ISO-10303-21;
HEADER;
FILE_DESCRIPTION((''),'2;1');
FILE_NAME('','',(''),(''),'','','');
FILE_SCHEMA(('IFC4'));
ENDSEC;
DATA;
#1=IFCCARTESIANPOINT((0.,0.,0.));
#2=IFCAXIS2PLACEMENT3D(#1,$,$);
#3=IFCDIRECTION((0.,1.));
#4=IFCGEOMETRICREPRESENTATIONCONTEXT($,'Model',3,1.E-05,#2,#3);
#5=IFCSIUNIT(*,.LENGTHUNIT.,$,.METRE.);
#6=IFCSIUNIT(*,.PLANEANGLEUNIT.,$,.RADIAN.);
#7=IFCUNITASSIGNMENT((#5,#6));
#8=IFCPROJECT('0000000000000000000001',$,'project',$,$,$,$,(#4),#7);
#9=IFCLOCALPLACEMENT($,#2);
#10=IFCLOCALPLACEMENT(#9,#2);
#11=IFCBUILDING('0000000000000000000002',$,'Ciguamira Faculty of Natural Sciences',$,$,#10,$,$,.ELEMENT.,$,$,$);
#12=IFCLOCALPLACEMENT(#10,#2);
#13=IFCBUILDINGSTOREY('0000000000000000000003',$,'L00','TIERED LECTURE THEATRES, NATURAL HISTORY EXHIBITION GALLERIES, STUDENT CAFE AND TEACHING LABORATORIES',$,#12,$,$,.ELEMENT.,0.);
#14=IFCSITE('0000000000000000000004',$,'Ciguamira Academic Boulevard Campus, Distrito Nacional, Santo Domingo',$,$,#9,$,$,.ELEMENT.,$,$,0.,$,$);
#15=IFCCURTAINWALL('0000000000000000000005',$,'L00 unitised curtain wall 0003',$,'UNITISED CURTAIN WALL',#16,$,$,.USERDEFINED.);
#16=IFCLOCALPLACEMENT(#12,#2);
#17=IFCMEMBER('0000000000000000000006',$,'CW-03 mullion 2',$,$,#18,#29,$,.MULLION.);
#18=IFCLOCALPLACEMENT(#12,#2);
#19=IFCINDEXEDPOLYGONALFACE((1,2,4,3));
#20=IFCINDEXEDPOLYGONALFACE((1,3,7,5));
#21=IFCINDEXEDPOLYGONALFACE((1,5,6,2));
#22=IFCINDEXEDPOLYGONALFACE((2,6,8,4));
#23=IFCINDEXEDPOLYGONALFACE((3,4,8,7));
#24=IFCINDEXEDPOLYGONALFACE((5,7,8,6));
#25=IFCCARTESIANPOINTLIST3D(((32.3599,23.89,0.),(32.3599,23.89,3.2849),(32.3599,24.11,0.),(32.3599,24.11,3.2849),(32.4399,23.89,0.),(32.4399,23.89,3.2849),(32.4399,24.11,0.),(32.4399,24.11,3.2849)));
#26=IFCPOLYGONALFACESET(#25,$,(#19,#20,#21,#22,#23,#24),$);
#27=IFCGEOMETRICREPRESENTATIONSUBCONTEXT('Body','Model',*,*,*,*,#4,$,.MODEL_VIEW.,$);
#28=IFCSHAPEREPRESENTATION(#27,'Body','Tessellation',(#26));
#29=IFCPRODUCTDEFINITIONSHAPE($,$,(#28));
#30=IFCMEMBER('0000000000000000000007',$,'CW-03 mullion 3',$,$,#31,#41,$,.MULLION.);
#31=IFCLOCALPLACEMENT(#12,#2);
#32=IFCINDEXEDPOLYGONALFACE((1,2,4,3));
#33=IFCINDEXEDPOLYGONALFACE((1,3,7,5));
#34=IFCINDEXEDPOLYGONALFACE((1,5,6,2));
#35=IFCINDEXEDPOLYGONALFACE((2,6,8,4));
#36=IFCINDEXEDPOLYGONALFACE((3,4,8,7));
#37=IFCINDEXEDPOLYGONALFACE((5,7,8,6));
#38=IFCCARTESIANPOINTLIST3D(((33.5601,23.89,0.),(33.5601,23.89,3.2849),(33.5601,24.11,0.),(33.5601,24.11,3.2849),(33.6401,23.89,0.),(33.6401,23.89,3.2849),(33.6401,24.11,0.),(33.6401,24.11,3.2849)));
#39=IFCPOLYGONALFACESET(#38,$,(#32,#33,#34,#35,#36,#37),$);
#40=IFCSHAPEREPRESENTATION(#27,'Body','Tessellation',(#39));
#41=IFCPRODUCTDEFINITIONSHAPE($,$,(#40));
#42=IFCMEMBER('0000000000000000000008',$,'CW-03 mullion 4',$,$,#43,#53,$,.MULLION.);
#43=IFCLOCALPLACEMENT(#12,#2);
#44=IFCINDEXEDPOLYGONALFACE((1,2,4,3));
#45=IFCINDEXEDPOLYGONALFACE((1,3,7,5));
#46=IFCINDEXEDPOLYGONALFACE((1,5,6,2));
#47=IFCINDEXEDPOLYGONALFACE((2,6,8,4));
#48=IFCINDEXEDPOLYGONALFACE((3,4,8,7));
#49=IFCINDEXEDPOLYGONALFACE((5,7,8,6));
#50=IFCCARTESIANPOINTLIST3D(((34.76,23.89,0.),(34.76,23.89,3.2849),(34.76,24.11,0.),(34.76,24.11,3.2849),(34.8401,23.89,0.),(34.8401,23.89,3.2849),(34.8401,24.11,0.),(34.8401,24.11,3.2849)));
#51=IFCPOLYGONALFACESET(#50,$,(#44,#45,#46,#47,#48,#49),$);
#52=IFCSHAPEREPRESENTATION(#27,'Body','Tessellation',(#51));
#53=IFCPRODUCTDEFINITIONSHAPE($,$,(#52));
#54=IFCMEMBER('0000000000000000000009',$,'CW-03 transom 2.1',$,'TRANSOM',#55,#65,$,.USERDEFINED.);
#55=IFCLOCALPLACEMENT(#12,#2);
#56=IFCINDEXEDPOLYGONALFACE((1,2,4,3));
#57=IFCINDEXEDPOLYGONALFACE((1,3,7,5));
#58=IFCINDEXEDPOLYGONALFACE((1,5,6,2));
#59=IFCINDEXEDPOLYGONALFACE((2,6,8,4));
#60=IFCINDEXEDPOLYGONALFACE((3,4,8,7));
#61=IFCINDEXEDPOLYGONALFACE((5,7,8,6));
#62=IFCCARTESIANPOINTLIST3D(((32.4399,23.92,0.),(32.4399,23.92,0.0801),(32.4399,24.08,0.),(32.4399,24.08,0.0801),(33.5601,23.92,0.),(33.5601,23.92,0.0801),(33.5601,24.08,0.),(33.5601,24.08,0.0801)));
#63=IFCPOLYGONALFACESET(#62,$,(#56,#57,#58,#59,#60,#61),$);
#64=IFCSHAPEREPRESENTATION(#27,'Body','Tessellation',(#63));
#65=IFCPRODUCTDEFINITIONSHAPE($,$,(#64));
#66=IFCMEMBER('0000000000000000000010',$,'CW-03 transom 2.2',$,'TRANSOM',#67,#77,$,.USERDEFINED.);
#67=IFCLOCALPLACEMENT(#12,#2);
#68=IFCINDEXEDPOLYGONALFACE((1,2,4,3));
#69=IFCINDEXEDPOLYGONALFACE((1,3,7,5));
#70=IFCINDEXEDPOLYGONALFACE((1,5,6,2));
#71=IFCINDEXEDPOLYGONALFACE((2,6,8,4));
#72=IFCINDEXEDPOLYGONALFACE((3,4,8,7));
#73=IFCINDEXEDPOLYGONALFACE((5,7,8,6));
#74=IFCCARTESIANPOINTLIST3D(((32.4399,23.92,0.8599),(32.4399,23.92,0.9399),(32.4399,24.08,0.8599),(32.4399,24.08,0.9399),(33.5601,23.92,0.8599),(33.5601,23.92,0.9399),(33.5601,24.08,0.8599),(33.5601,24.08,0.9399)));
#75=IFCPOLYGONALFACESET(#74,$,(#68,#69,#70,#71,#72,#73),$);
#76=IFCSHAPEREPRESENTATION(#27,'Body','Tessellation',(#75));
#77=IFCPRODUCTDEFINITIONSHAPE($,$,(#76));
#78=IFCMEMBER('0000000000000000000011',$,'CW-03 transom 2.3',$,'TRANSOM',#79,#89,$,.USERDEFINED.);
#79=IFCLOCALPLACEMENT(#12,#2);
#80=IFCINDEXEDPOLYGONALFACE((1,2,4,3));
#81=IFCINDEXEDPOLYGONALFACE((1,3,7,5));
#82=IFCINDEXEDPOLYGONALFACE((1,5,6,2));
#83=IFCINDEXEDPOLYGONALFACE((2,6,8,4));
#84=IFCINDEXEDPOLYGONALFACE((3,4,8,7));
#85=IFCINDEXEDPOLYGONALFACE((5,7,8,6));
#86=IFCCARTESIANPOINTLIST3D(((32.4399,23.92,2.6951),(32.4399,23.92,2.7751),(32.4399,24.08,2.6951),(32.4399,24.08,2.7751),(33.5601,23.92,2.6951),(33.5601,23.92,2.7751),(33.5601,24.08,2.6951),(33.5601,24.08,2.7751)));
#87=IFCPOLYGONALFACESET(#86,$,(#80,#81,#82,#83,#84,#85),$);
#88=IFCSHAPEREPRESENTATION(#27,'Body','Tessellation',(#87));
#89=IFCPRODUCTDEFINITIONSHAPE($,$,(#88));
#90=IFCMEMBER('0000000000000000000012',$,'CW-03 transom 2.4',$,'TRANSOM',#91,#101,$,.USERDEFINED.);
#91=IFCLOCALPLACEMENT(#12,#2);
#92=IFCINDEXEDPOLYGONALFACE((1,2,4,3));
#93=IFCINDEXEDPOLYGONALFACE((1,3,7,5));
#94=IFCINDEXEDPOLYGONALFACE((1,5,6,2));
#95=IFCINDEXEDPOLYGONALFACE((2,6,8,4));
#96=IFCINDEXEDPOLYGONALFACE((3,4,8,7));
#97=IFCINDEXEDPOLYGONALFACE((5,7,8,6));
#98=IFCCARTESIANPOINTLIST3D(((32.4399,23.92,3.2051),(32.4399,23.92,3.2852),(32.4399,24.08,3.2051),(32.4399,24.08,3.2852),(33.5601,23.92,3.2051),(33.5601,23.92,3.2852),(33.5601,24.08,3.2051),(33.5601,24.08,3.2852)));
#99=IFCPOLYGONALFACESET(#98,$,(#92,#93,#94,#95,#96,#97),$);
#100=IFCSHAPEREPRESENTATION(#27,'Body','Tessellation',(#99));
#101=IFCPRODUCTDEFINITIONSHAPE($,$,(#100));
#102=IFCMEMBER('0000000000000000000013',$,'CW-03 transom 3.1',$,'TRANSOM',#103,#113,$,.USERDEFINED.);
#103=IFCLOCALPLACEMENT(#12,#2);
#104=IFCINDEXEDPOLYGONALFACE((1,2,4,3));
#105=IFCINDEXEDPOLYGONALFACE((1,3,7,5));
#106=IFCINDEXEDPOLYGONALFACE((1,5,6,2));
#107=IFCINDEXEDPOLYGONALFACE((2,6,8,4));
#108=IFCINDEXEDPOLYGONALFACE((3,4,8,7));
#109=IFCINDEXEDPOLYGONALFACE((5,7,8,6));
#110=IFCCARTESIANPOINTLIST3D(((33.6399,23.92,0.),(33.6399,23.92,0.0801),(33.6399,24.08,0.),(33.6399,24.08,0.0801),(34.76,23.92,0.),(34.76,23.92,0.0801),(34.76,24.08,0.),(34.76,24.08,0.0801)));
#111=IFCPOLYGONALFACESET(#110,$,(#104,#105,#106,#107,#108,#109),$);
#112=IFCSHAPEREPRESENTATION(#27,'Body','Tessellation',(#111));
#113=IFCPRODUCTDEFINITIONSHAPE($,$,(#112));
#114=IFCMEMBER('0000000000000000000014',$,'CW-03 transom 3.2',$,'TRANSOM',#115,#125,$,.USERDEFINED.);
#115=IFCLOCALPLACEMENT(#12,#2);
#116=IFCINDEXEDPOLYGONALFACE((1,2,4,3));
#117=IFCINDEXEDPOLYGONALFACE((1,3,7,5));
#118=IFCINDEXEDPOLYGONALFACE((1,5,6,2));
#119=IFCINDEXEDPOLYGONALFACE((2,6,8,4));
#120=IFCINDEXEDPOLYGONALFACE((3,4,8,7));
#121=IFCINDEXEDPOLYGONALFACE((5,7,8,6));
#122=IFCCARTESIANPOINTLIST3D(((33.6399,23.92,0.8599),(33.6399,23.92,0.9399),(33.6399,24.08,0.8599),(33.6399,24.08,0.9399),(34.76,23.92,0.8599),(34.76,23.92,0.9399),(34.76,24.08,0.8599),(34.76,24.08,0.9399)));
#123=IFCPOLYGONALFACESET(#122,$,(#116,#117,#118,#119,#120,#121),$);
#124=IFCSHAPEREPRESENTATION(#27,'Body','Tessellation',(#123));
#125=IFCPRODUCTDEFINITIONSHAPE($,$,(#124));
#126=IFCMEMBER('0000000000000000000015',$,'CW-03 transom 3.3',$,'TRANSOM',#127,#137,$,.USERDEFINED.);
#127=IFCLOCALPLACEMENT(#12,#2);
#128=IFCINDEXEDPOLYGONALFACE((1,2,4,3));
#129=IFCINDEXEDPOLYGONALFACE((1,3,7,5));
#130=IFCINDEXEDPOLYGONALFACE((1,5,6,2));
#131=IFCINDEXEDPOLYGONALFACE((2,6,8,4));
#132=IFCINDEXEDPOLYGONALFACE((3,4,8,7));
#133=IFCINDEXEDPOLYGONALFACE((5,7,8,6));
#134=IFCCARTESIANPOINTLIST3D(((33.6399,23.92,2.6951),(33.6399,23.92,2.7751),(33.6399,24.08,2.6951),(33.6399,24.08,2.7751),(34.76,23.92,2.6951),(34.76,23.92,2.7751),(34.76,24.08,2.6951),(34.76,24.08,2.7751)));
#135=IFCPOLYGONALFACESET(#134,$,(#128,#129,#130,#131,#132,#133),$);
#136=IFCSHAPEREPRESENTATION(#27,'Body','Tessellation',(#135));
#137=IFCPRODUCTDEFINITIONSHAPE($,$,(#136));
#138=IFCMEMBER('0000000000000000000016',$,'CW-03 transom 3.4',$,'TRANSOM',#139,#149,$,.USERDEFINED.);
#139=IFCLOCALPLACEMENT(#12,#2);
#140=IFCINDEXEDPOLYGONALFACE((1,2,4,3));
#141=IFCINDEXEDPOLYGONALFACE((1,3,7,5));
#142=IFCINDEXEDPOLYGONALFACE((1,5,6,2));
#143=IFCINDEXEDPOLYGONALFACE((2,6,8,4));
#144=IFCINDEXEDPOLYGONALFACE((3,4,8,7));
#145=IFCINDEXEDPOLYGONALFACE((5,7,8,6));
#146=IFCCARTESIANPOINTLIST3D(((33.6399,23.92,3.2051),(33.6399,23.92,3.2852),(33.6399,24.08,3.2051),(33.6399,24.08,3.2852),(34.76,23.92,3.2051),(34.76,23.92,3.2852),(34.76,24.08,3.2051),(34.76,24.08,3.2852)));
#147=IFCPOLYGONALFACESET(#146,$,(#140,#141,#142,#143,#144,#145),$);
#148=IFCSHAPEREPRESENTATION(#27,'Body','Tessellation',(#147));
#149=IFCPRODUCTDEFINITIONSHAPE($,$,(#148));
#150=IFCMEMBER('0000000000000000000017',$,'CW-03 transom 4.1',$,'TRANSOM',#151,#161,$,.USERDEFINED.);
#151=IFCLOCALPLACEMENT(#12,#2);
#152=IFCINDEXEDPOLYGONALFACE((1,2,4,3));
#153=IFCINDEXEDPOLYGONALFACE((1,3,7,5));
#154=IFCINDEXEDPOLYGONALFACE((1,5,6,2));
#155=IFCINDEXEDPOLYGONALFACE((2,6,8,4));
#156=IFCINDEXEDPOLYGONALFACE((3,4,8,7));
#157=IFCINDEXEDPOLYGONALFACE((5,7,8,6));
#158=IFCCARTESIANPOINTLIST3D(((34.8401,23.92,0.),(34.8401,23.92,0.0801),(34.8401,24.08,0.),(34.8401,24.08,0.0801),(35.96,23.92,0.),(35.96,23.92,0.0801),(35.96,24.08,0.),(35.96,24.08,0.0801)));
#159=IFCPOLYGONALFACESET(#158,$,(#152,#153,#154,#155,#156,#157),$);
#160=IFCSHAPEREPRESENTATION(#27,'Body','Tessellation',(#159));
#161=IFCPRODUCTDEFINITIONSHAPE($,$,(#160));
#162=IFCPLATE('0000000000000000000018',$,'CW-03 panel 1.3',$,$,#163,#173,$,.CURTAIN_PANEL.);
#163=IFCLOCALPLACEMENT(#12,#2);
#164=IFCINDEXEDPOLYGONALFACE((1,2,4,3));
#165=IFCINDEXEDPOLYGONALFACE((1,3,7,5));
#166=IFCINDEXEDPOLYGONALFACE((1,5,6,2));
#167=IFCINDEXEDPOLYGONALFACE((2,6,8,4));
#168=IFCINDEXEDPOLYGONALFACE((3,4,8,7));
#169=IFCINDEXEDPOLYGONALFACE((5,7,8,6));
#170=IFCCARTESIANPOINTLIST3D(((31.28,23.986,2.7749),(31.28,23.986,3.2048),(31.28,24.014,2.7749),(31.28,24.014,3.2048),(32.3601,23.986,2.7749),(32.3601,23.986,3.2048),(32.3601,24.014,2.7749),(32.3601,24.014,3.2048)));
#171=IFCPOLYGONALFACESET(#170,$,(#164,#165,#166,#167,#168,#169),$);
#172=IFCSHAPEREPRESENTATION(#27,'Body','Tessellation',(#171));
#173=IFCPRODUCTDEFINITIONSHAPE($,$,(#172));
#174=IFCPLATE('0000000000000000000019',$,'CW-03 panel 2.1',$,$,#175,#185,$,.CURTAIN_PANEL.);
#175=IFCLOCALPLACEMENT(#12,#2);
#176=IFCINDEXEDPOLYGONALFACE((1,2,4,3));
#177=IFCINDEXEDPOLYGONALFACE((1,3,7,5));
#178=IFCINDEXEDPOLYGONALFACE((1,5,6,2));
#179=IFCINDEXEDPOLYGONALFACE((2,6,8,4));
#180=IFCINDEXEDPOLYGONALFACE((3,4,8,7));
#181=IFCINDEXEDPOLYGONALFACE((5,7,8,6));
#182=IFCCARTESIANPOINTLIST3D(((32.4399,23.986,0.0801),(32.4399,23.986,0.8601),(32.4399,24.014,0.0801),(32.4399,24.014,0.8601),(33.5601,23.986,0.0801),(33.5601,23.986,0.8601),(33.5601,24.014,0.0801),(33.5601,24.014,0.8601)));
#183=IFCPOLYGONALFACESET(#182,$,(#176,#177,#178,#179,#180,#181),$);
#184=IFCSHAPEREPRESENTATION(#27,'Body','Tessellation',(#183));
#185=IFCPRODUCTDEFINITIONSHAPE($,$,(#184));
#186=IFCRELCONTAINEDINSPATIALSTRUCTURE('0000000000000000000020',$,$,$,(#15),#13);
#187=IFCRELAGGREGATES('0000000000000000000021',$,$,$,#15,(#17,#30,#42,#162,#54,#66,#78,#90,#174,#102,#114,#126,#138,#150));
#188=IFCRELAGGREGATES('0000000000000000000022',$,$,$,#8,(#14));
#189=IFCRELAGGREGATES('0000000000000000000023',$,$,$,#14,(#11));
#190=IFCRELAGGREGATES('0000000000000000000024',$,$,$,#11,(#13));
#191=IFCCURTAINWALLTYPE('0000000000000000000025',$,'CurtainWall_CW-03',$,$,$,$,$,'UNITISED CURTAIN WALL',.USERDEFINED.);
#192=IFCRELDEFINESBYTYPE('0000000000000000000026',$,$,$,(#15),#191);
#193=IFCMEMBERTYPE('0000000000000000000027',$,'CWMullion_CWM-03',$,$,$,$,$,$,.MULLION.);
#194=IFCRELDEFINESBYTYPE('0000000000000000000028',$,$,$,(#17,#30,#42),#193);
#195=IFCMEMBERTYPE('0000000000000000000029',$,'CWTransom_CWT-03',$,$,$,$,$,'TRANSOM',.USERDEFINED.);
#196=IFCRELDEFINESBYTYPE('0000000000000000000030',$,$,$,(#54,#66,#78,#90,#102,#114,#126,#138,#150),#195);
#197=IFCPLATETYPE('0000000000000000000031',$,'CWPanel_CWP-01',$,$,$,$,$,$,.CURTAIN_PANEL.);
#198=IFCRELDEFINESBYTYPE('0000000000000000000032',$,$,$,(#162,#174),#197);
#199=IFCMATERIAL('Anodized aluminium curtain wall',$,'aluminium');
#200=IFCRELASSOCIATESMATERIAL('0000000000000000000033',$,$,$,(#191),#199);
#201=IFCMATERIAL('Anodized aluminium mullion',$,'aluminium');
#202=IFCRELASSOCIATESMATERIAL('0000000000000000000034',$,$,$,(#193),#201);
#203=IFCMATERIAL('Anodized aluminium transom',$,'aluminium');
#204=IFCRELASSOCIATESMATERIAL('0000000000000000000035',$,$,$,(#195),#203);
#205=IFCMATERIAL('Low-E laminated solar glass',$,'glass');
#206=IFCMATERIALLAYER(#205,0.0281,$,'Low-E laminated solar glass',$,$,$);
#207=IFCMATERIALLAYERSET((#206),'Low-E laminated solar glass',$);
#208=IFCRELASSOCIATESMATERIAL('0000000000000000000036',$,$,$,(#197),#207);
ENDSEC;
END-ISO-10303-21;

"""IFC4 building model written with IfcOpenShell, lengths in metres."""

from ifc_helpers import new_model, si_unit, direction, frame, origin, origin_2d, place, context, subcontext, project, spatial, rectangle, extrude, material, layer, layer_set, material_profile, profile_set, type_object, element, aggregate, save


model = new_model("IFC4")

# Units and contexts
model_context = context("Model", 3, precision=1e-05, world=origin(), true_north=direction((0.0, 1.0)))
body_context = subcontext(model_context, "Body", "Model", "MODEL_VIEW")
ifc_project = project(units=[si_unit("LENGTHUNIT", "METRE"), si_unit("PLANEANGLEUNIT", "RADIAN")], contexts=[model_context])

# Site, building, storey
site_placement = place(None, origin())
site = spatial("IfcSite", under=ifc_project, at=site_placement, Name="Ciguamira Academic Boulevard Campus, Distrito Nacional, Santo Domingo", CompositionType="ELEMENT", RefElevation=0.0)
building_placement = place(site_placement, origin())
building = spatial("IfcBuilding", under=site, at=building_placement, Name="Ciguamira Faculty of Natural Sciences", CompositionType="ELEMENT")
storey_placement = place(building_placement, origin())
storey = spatial("IfcBuildingStorey", under=building, at=storey_placement, Name="L00", Description="TIERED LECTURE THEATRES, NATURAL HISTORY EXHIBITION GALLERIES, STUDENT CAFE AND TEACHING LABORATORIES", CompositionType="ELEMENT", Elevation=0.0)

# Curtain wall, members, plates
ifc_material_1 = material(Name="Anodized aluminium curtain wall", Category="aluminium")
curtain_wall_type = type_object("IfcCurtainWallType", Name="CurtainWall_CW-03", ElementType="UNITISED CURTAIN WALL", PredefinedType="USERDEFINED", material=ifc_material_1)
curtain_wall_placement = place(storey_placement, origin())
curtain_wall = element("IfcCurtainWall", 1, at=curtain_wall_placement, inside=storey, type_object=curtain_wall_type, Name="L00 unitised curtain wall 0003", ObjectType="UNITISED CURTAIN WALL", PredefinedType="USERDEFINED")
ifc_material_2 = material(Name="Anodized aluminium mullion", Category="aluminium")
ifc_material_profile_1 = material_profile(ifc_material_2, rectangle(XDim=0.0801, YDim=0.22, at=origin_2d()), Name="ALU-MUL-80X220")
ifc_profile_set_1 = profile_set([ifc_material_profile_1], Name="Anodized aluminium mullion")
member_type_1 = type_object("IfcMemberType", Name="CWMullion_CWM-03", PredefinedType="MULLION", material=ifc_profile_set_1)
member_1_placement = place(storey_placement, frame((32.3999, 24.0, 0.0), z_axis=(0.0, 0.0, 1.0), x_axis=(1.0, 0.0, 0.0)))
member_1 = element("IfcMember", 2, at=member_1_placement, type_object=member_type_1, Name="CW-03 mullion 2", PredefinedType="MULLION", context=body_context, shape_type="SweptSolid", body=[
    extrude(rectangle(XDim=0.0801, YDim=0.22, at=origin_2d()), origin(), (0.0, 0.0, 1.0), 3.2849),
])
member_2_placement = place(storey_placement, frame((33.6001, 24.0, 0.0), z_axis=(0.0, 0.0, 1.0), x_axis=(1.0, 0.0, 0.0)))
member_2 = element("IfcMember", 3, at=member_2_placement, type_object=member_type_1, Name="CW-03 mullion 3", PredefinedType="MULLION", context=body_context, shape_type="SweptSolid", body=[
    extrude(rectangle(XDim=0.0801, YDim=0.22, at=origin_2d()), origin(), (0.0, 0.0, 1.0), 3.2849),
])
member_3_placement = place(storey_placement, frame((34.8, 24.0, 0.0), z_axis=(0.0, 0.0, 1.0), x_axis=(1.0, 0.0, 0.0)))
member_3 = element("IfcMember", 4, at=member_3_placement, type_object=member_type_1, Name="CW-03 mullion 4", PredefinedType="MULLION", context=body_context, shape_type="SweptSolid", body=[
    extrude(rectangle(XDim=0.0801, YDim=0.22, at=origin_2d()), origin(), (0.0, 0.0, 1.0), 3.2849),
])
ifc_material_3 = material(Name="Anodized aluminium transom", Category="aluminium")
ifc_material_profile_2 = material_profile(ifc_material_3, rectangle(XDim=0.0801, YDim=0.1599, at=origin_2d()), Name="ALU-TRN-80X160")
ifc_profile_set_2 = profile_set([ifc_material_profile_2], Name="Anodized aluminium transom")
member_type_2 = type_object("IfcMemberType", Name="CWTransom_CWT-03", ElementType="TRANSOM", PredefinedType="USERDEFINED", material=ifc_profile_set_2)
member_4_placement = place(storey_placement, frame((32.4399, 24.0, 0.04), z_axis=(1.0, 0.0, 0.0), x_axis=(0.0, 0.0, 1.0)))
member_4 = element("IfcMember", 5, at=member_4_placement, type_object=member_type_2, Name="CW-03 transom 2.1", ObjectType="TRANSOM", PredefinedType="USERDEFINED", context=body_context, shape_type="SweptSolid", body=[
    extrude(rectangle(XDim=0.0801, YDim=0.1599, at=origin_2d()), origin(), (0.0, 0.0, 1.0), 1.1201),
])
member_5_placement = place(storey_placement, frame((32.4399, 24.0, 0.8999), z_axis=(1.0, 0.0, 0.0), x_axis=(0.0, 0.0, 1.0)))
member_5 = element("IfcMember", 6, at=member_5_placement, type_object=member_type_2, Name="CW-03 transom 2.2", ObjectType="TRANSOM", PredefinedType="USERDEFINED", context=body_context, shape_type="SweptSolid", body=[
    extrude(rectangle(XDim=0.0801, YDim=0.1599, at=origin_2d()), origin(), (0.0, 0.0, 1.0), 1.1201),
])
member_6_placement = place(storey_placement, frame((32.4399, 24.0, 2.7351), z_axis=(1.0, 0.0, 0.0), x_axis=(0.0, 0.0, 1.0)))
member_6 = element("IfcMember", 7, at=member_6_placement, type_object=member_type_2, Name="CW-03 transom 2.3", ObjectType="TRANSOM", PredefinedType="USERDEFINED", context=body_context, shape_type="SweptSolid", body=[
    extrude(rectangle(XDim=0.0801, YDim=0.1599, at=origin_2d()), origin(), (0.0, 0.0, 1.0), 1.1201),
])
member_7_placement = place(storey_placement, frame((32.4399, 24.0, 3.2451), z_axis=(1.0, 0.0, 0.0), x_axis=(0.0, 0.0, 1.0)))
member_7 = element("IfcMember", 8, at=member_7_placement, type_object=member_type_2, Name="CW-03 transom 2.4", ObjectType="TRANSOM", PredefinedType="USERDEFINED", context=body_context, shape_type="SweptSolid", body=[
    extrude(rectangle(XDim=0.0801, YDim=0.1599, at=origin_2d()), origin(), (0.0, 0.0, 1.0), 1.1201),
])
member_8_placement = place(storey_placement, frame((33.6399, 24.0, 0.04), z_axis=(1.0, 0.0, 0.0), x_axis=(0.0, 0.0, 1.0)))
member_8 = element("IfcMember", 9, at=member_8_placement, type_object=member_type_2, Name="CW-03 transom 3.1", ObjectType="TRANSOM", PredefinedType="USERDEFINED", context=body_context, shape_type="SweptSolid", body=[
    extrude(rectangle(XDim=0.0801, YDim=0.1599, at=origin_2d()), origin(), (0.0, 0.0, 1.0), 1.1201),
])
member_9_placement = place(storey_placement, frame((33.6399, 24.0, 0.8999), z_axis=(1.0, 0.0, 0.0), x_axis=(0.0, 0.0, 1.0)))
member_9 = element("IfcMember", 10, at=member_9_placement, type_object=member_type_2, Name="CW-03 transom 3.2", ObjectType="TRANSOM", PredefinedType="USERDEFINED", context=body_context, shape_type="SweptSolid", body=[
    extrude(rectangle(XDim=0.0801, YDim=0.1599, at=origin_2d()), origin(), (0.0, 0.0, 1.0), 1.1201),
])
member_10_placement = place(storey_placement, frame((33.6399, 24.0, 2.7351), z_axis=(1.0, 0.0, 0.0), x_axis=(0.0, 0.0, 1.0)))
member_10 = element("IfcMember", 11, at=member_10_placement, type_object=member_type_2, Name="CW-03 transom 3.3", ObjectType="TRANSOM", PredefinedType="USERDEFINED", context=body_context, shape_type="SweptSolid", body=[
    extrude(rectangle(XDim=0.0801, YDim=0.1599, at=origin_2d()), origin(), (0.0, 0.0, 1.0), 1.1201),
])
member_11_placement = place(storey_placement, frame((33.6399, 24.0, 3.2451), z_axis=(1.0, 0.0, 0.0), x_axis=(0.0, 0.0, 1.0)))
member_11 = element("IfcMember", 12, at=member_11_placement, type_object=member_type_2, Name="CW-03 transom 3.4", ObjectType="TRANSOM", PredefinedType="USERDEFINED", context=body_context, shape_type="SweptSolid", body=[
    extrude(rectangle(XDim=0.0801, YDim=0.1599, at=origin_2d()), origin(), (0.0, 0.0, 1.0), 1.1201),
])
member_12_placement = place(storey_placement, frame((34.8401, 24.0, 0.04), z_axis=(1.0, 0.0, 0.0), x_axis=(0.0, 0.0, 1.0)))
member_12 = element("IfcMember", 13, at=member_12_placement, type_object=member_type_2, Name="CW-03 transom 4.1", ObjectType="TRANSOM", PredefinedType="USERDEFINED", context=body_context, shape_type="SweptSolid", body=[
    extrude(rectangle(XDim=0.0801, YDim=0.1599, at=origin_2d()), origin(), (0.0, 0.0, 1.0), 1.1199),
])
ifc_material_4 = material(Name="Low-E laminated solar glass", Category="glass")
ifc_layer = layer(ifc_material_4, 0.0281, Name="Low-E laminated solar glass")
ifc_layer_set = layer_set([ifc_layer], Name="Low-E laminated solar glass")
plate_type = type_object("IfcPlateType", Name="CWPanel_CWP-01", PredefinedType="CURTAIN_PANEL", material=ifc_layer_set)
plate_1_placement = place(storey_placement, frame((31.8201, 24.0, 2.7749), z_axis=(0.0, 0.0, 1.0), x_axis=(1.0, 0.0, 0.0)))
plate_1 = element("IfcPlate", 14, at=plate_1_placement, type_object=plate_type, Name="CW-03 panel 1.3", PredefinedType="CURTAIN_PANEL", context=body_context, shape_type="SweptSolid", body=[
    extrude(rectangle(XDim=1.0801, YDim=0.0281, at=origin_2d()), origin(), (0.0, 0.0, 1.0), 0.4299),
])
plate_2_placement = place(storey_placement, frame((33.0, 24.0, 0.0801), z_axis=(0.0, 0.0, 1.0), x_axis=(1.0, 0.0, 0.0)))
plate_2 = element("IfcPlate", 15, at=plate_2_placement, type_object=plate_type, Name="CW-03 panel 2.1", PredefinedType="CURTAIN_PANEL", context=body_context, shape_type="SweptSolid", body=[
    extrude(rectangle(XDim=1.1201, YDim=0.0281, at=origin_2d()), origin(), (0.0, 0.0, 1.0), 0.78),
])
aggregate(curtain_wall, [member_1, member_2, member_3, plate_1, member_4, member_5, member_6, member_7, plate_2, member_8, member_9, member_10, member_11, member_12])

save(model, "model.ifc")
